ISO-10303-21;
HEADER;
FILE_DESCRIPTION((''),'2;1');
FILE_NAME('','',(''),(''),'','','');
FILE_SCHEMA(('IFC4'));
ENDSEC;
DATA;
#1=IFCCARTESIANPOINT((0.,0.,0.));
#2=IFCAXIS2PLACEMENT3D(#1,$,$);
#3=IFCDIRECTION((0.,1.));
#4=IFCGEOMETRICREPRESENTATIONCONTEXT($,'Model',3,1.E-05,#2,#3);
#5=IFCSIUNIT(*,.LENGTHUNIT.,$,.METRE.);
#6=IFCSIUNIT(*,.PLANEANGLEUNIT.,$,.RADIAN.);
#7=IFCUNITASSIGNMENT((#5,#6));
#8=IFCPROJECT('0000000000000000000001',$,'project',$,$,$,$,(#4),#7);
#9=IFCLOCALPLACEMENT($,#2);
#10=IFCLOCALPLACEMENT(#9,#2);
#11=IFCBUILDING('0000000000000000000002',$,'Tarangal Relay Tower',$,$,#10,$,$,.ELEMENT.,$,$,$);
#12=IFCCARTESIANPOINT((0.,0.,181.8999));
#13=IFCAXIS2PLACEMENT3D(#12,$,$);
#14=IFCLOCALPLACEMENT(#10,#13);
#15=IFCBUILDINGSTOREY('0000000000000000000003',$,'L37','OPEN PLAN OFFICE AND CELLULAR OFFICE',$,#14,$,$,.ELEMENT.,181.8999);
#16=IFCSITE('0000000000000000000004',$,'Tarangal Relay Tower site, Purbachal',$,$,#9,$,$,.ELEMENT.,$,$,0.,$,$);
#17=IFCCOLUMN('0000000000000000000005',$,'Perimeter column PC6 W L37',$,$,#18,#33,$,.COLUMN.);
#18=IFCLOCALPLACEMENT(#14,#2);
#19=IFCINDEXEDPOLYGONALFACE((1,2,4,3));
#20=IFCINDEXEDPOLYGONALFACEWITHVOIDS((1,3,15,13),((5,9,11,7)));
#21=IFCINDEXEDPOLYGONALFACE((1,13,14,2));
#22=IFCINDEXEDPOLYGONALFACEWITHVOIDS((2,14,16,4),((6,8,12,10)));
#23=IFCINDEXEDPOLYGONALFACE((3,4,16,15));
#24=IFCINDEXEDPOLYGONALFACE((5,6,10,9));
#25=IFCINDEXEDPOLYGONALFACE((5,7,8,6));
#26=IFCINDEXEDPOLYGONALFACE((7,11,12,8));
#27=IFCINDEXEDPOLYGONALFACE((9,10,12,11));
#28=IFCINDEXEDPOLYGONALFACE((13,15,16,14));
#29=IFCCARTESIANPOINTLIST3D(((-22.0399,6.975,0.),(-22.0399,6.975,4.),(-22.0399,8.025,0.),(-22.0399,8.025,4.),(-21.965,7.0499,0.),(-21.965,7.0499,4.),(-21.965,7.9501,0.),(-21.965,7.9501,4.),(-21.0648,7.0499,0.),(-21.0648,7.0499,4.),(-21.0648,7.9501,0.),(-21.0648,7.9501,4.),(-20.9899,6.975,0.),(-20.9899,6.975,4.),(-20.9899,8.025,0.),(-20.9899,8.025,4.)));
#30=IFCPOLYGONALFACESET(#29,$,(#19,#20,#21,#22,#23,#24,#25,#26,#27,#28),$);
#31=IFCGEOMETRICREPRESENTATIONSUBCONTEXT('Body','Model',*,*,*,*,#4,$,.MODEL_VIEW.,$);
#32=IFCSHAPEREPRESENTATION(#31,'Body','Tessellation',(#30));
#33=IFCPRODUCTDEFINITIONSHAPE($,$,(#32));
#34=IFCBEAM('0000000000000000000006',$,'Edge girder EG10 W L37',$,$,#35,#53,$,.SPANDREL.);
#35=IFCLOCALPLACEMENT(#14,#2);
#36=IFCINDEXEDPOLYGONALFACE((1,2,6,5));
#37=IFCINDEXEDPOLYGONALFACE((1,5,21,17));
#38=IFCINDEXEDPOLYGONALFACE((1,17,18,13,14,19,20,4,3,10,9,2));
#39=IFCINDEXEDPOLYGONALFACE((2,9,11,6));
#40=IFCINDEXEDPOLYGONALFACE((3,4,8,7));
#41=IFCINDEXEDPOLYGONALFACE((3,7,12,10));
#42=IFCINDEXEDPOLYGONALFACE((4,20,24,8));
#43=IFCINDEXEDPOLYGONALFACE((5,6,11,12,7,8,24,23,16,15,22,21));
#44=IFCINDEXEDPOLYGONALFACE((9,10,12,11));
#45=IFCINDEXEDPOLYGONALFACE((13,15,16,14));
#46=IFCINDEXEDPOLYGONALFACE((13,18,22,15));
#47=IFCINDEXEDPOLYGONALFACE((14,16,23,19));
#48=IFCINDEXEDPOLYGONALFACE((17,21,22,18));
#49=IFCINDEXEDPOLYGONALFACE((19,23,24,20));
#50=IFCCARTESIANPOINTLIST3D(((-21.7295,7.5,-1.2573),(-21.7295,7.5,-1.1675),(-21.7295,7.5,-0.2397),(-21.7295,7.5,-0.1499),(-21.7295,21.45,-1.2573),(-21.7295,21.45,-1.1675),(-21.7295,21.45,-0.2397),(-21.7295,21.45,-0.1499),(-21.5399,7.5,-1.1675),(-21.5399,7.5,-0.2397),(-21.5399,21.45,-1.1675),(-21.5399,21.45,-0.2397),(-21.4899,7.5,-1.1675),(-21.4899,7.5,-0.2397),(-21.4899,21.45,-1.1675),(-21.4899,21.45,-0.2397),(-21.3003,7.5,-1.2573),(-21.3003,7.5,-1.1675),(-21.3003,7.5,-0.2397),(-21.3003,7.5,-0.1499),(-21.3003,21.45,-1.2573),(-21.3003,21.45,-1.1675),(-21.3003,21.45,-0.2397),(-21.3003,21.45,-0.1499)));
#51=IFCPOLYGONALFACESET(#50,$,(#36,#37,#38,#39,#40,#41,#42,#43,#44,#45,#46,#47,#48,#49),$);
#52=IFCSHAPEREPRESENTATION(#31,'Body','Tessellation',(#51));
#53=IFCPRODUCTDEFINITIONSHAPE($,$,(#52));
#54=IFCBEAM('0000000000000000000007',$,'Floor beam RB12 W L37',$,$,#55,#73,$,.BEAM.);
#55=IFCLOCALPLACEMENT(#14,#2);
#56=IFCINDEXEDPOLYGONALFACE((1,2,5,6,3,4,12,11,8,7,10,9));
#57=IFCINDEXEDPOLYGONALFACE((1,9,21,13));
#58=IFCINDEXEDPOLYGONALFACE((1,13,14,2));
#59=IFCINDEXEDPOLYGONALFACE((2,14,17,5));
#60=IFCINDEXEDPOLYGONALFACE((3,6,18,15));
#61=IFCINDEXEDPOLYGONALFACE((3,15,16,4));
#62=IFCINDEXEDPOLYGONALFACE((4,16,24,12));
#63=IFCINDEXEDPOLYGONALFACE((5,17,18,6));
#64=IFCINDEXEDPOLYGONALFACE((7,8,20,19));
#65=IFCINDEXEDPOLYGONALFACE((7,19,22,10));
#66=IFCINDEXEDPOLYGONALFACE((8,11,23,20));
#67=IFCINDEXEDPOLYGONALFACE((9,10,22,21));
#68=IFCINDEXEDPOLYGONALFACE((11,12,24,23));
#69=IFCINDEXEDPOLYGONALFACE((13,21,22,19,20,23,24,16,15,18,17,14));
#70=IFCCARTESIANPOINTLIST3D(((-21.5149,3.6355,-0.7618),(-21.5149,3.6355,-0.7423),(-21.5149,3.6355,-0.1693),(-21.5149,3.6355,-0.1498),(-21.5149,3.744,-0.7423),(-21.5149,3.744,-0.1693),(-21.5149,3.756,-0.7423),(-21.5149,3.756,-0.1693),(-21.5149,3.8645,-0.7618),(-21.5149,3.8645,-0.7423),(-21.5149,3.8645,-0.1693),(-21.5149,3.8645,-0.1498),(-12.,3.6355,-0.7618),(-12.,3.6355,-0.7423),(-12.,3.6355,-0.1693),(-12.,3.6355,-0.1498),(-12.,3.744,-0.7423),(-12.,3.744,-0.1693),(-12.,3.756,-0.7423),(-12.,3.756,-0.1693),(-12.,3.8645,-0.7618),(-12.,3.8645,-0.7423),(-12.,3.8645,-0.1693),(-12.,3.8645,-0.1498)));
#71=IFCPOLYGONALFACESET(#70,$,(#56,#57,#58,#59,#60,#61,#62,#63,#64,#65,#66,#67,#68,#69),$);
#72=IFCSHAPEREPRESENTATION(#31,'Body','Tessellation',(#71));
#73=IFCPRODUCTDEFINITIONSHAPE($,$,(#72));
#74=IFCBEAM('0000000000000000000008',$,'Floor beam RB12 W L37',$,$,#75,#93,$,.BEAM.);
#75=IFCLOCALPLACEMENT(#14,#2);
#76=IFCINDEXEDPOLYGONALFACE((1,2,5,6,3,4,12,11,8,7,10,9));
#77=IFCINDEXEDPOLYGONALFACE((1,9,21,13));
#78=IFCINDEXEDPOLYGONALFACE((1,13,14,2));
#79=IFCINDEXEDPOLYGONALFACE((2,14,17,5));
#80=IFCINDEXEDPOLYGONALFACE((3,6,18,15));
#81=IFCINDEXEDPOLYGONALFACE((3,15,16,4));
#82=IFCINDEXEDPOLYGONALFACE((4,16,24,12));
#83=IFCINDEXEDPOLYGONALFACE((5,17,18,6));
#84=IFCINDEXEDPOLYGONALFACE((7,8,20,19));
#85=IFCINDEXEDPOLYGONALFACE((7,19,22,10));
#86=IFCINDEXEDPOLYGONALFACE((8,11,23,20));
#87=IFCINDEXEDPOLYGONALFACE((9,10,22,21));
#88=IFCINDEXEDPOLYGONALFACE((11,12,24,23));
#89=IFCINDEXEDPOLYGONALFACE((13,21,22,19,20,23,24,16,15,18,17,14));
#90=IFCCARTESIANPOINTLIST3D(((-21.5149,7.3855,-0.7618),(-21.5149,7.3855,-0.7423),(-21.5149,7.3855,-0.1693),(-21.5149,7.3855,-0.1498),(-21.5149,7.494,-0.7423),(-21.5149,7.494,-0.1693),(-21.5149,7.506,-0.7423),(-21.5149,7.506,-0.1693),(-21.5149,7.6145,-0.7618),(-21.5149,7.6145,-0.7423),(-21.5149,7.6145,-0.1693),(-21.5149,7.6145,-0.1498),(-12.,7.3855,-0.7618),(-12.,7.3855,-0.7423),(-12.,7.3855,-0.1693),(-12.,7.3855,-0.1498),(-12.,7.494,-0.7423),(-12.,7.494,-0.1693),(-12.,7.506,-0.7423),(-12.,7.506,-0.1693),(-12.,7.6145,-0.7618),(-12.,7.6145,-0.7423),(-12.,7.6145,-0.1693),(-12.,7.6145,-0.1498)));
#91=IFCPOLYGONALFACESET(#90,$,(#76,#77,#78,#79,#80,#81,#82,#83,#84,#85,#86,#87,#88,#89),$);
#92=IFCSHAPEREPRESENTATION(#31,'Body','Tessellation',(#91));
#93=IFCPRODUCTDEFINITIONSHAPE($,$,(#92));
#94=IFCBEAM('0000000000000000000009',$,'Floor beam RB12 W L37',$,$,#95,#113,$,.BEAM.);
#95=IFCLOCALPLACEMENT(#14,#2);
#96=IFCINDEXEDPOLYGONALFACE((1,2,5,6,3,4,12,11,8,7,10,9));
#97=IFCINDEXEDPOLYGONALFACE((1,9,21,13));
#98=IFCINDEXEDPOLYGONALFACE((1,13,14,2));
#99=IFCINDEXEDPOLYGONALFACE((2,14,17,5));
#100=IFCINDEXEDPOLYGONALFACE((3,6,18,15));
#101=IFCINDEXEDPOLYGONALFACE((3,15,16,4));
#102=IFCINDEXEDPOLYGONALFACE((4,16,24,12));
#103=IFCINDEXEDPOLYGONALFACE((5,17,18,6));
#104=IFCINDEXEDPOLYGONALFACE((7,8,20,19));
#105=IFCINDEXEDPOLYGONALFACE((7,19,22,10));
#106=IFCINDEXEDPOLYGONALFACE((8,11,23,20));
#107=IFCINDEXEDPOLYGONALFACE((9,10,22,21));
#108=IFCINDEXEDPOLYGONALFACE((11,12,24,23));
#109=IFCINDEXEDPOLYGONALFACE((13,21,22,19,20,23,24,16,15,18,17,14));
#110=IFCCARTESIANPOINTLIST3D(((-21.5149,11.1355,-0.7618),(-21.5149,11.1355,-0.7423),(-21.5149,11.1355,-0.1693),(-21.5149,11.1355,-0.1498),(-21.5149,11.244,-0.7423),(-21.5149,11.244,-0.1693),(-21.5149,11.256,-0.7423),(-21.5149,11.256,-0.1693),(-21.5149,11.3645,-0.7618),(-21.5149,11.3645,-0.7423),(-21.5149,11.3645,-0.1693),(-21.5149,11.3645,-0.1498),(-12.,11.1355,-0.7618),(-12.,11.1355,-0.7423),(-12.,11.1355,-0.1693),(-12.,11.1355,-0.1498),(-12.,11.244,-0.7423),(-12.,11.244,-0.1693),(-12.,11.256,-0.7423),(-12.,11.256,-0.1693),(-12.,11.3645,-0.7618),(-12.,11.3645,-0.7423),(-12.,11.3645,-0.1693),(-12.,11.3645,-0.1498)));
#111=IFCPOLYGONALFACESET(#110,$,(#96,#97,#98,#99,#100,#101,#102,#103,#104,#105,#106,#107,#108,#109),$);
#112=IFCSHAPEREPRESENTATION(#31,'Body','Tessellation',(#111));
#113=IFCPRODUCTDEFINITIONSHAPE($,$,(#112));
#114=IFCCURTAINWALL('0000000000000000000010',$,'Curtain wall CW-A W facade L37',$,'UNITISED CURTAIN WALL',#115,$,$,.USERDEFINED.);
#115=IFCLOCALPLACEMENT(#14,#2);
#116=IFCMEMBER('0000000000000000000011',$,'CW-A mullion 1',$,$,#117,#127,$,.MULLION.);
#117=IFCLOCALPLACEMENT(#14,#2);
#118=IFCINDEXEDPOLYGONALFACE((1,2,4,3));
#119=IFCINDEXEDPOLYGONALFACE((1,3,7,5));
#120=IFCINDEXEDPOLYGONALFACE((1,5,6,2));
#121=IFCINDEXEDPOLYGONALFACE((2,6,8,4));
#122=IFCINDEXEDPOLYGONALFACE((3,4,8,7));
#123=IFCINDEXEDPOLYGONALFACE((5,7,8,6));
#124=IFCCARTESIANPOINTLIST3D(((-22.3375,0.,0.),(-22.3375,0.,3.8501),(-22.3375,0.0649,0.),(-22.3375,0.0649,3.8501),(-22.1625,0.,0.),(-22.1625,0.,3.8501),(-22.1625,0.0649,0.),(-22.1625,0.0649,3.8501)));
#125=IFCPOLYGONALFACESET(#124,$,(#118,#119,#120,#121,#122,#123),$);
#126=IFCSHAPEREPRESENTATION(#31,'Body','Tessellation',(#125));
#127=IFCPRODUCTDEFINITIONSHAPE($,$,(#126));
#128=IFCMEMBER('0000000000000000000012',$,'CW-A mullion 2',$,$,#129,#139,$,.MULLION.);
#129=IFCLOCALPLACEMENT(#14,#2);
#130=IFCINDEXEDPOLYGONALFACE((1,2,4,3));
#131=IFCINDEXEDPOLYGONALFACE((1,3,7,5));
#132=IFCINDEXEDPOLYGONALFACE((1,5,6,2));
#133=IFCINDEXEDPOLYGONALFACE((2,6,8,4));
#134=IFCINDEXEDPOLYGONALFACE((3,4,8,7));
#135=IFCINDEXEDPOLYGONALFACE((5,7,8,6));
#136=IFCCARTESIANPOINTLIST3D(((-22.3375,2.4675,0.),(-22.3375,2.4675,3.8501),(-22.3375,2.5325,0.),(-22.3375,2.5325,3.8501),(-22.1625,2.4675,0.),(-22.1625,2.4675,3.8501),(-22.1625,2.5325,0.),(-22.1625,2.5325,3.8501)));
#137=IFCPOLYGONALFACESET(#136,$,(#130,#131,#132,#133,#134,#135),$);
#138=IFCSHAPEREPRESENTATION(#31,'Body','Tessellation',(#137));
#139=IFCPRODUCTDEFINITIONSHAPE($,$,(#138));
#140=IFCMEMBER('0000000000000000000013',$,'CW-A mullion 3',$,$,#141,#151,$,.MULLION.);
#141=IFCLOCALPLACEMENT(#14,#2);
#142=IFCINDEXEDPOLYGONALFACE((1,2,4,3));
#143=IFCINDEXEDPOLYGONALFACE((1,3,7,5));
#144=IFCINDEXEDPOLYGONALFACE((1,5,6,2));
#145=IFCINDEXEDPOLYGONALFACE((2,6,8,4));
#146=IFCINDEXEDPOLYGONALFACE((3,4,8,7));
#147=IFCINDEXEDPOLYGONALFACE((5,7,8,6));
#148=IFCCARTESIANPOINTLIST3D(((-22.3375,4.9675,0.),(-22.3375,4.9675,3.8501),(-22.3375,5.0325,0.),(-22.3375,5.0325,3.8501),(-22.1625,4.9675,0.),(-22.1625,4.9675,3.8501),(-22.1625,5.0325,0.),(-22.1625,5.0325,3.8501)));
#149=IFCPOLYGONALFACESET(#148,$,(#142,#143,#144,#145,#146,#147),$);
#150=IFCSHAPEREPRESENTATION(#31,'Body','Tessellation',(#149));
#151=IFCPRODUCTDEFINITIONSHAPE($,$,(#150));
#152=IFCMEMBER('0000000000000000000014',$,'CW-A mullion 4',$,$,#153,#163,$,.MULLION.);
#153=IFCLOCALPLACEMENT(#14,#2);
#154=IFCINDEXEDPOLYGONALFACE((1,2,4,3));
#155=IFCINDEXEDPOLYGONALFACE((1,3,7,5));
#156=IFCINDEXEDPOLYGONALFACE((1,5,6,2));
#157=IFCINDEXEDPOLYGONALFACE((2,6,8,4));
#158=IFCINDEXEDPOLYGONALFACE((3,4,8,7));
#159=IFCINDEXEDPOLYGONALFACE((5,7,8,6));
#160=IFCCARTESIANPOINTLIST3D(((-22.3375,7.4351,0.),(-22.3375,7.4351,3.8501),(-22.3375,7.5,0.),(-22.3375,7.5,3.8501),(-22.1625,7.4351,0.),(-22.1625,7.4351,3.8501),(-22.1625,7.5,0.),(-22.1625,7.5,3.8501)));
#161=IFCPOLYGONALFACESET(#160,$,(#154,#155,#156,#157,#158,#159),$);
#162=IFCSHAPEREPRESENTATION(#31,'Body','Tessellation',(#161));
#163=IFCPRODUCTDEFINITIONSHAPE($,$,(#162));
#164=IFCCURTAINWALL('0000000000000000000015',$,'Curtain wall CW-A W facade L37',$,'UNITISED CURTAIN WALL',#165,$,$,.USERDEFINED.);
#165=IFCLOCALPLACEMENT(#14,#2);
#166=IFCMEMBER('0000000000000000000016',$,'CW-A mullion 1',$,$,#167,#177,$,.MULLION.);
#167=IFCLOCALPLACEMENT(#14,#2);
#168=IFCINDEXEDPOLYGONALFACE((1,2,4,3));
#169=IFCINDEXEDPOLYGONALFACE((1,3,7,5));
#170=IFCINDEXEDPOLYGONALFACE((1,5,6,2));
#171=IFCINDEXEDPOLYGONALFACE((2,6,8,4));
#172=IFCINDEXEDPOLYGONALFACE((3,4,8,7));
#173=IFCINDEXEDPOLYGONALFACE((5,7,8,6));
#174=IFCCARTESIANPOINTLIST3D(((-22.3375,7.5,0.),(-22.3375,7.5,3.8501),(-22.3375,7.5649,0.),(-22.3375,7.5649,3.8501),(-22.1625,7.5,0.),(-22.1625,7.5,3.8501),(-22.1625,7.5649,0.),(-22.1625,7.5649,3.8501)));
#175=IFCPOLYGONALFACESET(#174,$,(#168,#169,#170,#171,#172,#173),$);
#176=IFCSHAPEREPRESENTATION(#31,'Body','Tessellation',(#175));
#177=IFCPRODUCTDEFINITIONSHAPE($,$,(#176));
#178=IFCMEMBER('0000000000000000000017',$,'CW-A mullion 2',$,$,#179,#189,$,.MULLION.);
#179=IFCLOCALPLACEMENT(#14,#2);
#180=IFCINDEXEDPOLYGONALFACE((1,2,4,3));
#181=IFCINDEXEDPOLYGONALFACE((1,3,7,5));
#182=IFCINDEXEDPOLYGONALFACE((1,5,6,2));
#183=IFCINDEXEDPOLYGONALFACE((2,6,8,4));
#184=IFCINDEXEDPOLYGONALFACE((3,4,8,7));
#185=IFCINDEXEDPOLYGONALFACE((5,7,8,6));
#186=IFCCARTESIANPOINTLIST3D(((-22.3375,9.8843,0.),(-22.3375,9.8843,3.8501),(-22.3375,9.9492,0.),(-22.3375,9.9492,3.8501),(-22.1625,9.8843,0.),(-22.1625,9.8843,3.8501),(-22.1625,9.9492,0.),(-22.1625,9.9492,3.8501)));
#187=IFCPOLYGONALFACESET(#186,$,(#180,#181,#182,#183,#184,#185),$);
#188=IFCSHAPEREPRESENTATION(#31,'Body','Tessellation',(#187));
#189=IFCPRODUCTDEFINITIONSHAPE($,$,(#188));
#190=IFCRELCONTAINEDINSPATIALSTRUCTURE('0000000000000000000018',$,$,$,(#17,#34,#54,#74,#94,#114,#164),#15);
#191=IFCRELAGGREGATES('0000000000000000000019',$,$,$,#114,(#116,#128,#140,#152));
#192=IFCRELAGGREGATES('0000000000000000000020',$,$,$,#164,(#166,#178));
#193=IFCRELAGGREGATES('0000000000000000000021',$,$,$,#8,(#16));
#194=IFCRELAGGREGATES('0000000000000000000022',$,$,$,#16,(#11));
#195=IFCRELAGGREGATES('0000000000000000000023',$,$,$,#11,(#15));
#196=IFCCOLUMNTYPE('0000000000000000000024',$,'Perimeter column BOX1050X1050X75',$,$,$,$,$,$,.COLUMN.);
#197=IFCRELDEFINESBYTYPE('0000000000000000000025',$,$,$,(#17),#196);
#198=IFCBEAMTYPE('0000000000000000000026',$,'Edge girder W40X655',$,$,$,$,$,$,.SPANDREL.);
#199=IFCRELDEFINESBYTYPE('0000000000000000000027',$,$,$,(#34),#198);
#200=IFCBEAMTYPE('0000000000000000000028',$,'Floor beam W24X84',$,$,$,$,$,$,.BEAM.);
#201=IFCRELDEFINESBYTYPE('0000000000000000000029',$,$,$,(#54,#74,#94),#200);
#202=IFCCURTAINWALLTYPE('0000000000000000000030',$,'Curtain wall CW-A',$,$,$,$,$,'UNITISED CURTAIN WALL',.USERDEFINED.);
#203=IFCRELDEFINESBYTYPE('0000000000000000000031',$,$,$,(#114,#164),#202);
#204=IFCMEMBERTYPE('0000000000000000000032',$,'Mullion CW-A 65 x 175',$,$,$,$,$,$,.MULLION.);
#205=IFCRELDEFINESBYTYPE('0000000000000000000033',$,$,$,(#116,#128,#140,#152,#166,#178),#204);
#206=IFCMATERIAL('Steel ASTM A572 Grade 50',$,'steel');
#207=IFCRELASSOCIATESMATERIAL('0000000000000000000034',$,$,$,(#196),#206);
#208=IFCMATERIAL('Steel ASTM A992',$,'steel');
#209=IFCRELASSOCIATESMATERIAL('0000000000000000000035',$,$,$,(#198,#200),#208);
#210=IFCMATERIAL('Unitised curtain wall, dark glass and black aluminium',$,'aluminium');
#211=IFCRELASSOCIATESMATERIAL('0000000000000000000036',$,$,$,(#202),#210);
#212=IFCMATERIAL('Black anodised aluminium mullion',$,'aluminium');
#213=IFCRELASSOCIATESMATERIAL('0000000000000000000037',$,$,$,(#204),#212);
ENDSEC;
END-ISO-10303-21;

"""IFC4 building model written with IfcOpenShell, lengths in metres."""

from ifc_helpers import new_model, si_unit, direction, frame, origin, origin_2d, place, context, subcontext, project, spatial, rectangle, hollow_rectangle, i_section, extrude, material, material_profile, profile_set, type_object, element, aggregate, save


model = new_model("IFC4")

# Units and contexts
model_context = context("Model", 3, precision=1e-05, world=origin(), true_north=direction((0.0, 1.0)))
body_context = subcontext(model_context, "Body", "Model", "MODEL_VIEW")
ifc_project = project(units=[si_unit("LENGTHUNIT", "METRE"), si_unit("PLANEANGLEUNIT", "RADIAN")], contexts=[model_context])

# Site, building, storey
site_placement = place(None, origin())
site = spatial("IfcSite", under=ifc_project, at=site_placement, Name="Tarangal Relay Tower site, Purbachal", CompositionType="ELEMENT", RefElevation=0.0)
building_placement = place(site_placement, origin())
building = spatial("IfcBuilding", under=site, at=building_placement, Name="Tarangal Relay Tower", CompositionType="ELEMENT")
storey_placement = place(building_placement, frame((0.0, 0.0, 181.8999)))
storey = spatial("IfcBuildingStorey", under=building, at=storey_placement, Name="L37", Description="OPEN PLAN OFFICE AND CELLULAR OFFICE", CompositionType="ELEMENT", Elevation=181.8999)

# Column
ifc_material_1 = material(Name="Steel ASTM A572 Grade 50", Category="steel")
ifc_material_profile_1 = material_profile(ifc_material_1, hollow_rectangle(XDim=1.05, YDim=1.05, WallThickness=0.075, at=origin_2d()), Name="BOX1050X1050X75")
ifc_profile_set_1 = profile_set([ifc_material_profile_1], Name="Steel ASTM A572 Grade 50")
column_type = type_object("IfcColumnType", Name="Perimeter column BOX1050X1050X75", PredefinedType="COLUMN", material=ifc_profile_set_1)
column_placement = place(storey_placement, frame((-21.5149, 7.5, 0.0), z_axis=(0.0, 0.0, 1.0), x_axis=(1.0, 0.0, 0.0)))
element("IfcColumn", 1, at=column_placement, inside=storey, type_object=column_type, Name="Perimeter column PC6 W L37", PredefinedType="COLUMN", context=body_context, shape_type="SweptSolid", body=[
    extrude(hollow_rectangle(XDim=1.05, YDim=1.05, WallThickness=0.075, at=origin_2d()), origin(), (0.0, 0.0, 1.0), 4.0),
])

# Beams
ifc_material_2 = material(Name="Steel ASTM A992", Category="steel")
ifc_material_profile_2 = material_profile(ifc_material_2, i_section(OverallWidth=0.4292, OverallDepth=1.1074, WebThickness=0.05, FlangeThickness=0.0898, at=origin_2d()), Name="W40X655")
ifc_profile_set_2 = profile_set([ifc_material_profile_2], Name="Steel ASTM A992")
beam_type_1 = type_object("IfcBeamType", Name="Edge girder W40X655", PredefinedType="SPANDREL", material=ifc_profile_set_2)
beam_placement = place(storey_placement, frame((-21.5149, 7.5, -0.7036), z_axis=(0.0, 1.0, 0.0), x_axis=(-1.0, 0.0, 0.0)))
element("IfcBeam", 2, at=beam_placement, inside=storey, type_object=beam_type_1, Name="Edge girder EG10 W L37", PredefinedType="SPANDREL", context=body_context, shape_type="SweptSolid", body=[
    extrude(i_section(OverallWidth=0.4292, OverallDepth=1.1074, WebThickness=0.05, FlangeThickness=0.0898, at=origin_2d()), origin(), (0.0, 0.0, 1.0), 13.95),
])
ifc_material_profile_3 = material_profile(ifc_material_2, i_section(OverallWidth=0.229, OverallDepth=0.6121, WebThickness=0.012, FlangeThickness=0.0195, at=origin_2d()), Name="W24X84")
ifc_profile_set_3 = profile_set([ifc_material_profile_3], Name="Steel ASTM A992")
beam_type_2 = type_object("IfcBeamType", Name="Floor beam W24X84", PredefinedType="BEAM", material=ifc_profile_set_3)
for number, where, z_axis, x_axis, name in (
    (3, (-12.0, 3.75, -0.4558), (-1.0, 0.0, 0.0), (0.0, -1.0, 0.0), "Floor beam RB12 W L37"),
    (4, (-12.0, 7.5, -0.4558), (-1.0, 0.0, 0.0), (0.0, -1.0, 0.0), "Floor beam RB12 W L37"),
    (5, (-12.0, 11.25, -0.4558), (-1.0, 0.0, 0.0), (0.0, -1.0, 0.0), "Floor beam RB12 W L37"),
):
    element("IfcBeam", number, at=place(storey_placement, frame(where, z_axis=z_axis, x_axis=x_axis)), inside=storey, type_object=beam_type_2, Name=name, PredefinedType="BEAM", context=body_context, shape_type="SweptSolid", body=[
        extrude(i_section(OverallWidth=0.229, OverallDepth=0.6121, WebThickness=0.012, FlangeThickness=0.0195, at=origin_2d()), origin(), (0.0, 0.0, 1.0), 9.5149),
    ])

# Curtain walls, members
ifc_material_3 = material(Name="Unitised curtain wall, dark glass and black aluminium", Category="aluminium")
curtain_wall_type = type_object("IfcCurtainWallType", Name="Curtain wall CW-A", ElementType="UNITISED CURTAIN WALL", PredefinedType="USERDEFINED", material=ifc_material_3)
curtain_wall_1_placement = place(storey_placement, origin())
curtain_wall_1 = element("IfcCurtainWall", 6, at=curtain_wall_1_placement, inside=storey, type_object=curtain_wall_type, Name="Curtain wall CW-A W facade L37", ObjectType="UNITISED CURTAIN WALL", PredefinedType="USERDEFINED")
ifc_material_4 = material(Name="Black anodised aluminium mullion", Category="aluminium")
ifc_material_profile_4 = material_profile(ifc_material_4, rectangle(XDim=0.175, YDim=0.0649, at=origin_2d()), Name="CW-AM 65X175")
ifc_profile_set_4 = profile_set([ifc_material_profile_4], Name="Black anodised aluminium mullion")
member_type_1 = type_object("IfcMemberType", Name="Mullion CW-A 65 x 175", PredefinedType="MULLION", material=ifc_profile_set_4)
member_1_placement = place(storey_placement, frame((-22.25, 0.0325, 0.0), z_axis=(0.0, 0.0, 1.0), x_axis=(-1.0, 0.0, 0.0)))
member_1 = element("IfcMember", 7, at=member_1_placement, type_object=member_type_1, Name="CW-A mullion 1", PredefinedType="MULLION", context=body_context, shape_type="SweptSolid", body=[
    extrude(rectangle(XDim=0.175, YDim=0.0649, at=origin_2d()), origin(), (0.0, 0.0, 1.0), 3.8501),
])
member_2_placement = place(storey_placement, frame((-22.25, 2.5, 0.0), z_axis=(0.0, 0.0, 1.0), x_axis=(-1.0, 0.0, 0.0)))
member_2 = element("IfcMember", 8, at=member_2_placement, type_object=member_type_1, Name="CW-A mullion 2", PredefinedType="MULLION", context=body_context, shape_type="SweptSolid", body=[
    extrude(rectangle(XDim=0.175, YDim=0.0649, at=origin_2d()), origin(), (0.0, 0.0, 1.0), 3.8501),
])
member_3_placement = place(storey_placement, frame((-22.25, 5.0, 0.0), z_axis=(0.0, 0.0, 1.0), x_axis=(-1.0, 0.0, 0.0)))
member_3 = element("IfcMember", 9, at=member_3_placement, type_object=member_type_1, Name="CW-A mullion 3", PredefinedType="MULLION", context=body_context, shape_type="SweptSolid", body=[
    extrude(rectangle(XDim=0.175, YDim=0.0649, at=origin_2d()), origin(), (0.0, 0.0, 1.0), 3.8501),
])
member_4_placement = place(storey_placement, frame((-22.25, 7.4675, 0.0), z_axis=(0.0, 0.0, 1.0), x_axis=(-1.0, 0.0, 0.0)))
member_4 = element("IfcMember", 10, at=member_4_placement, type_object=member_type_1, Name="CW-A mullion 4", PredefinedType="MULLION", context=body_context, shape_type="SweptSolid", body=[
    extrude(rectangle(XDim=0.175, YDim=0.0649, at=origin_2d()), origin(), (0.0, 0.0, 1.0), 3.8501),
])
curtain_wall_2_placement = place(storey_placement, origin())
curtain_wall_2 = element("IfcCurtainWall", 11, at=curtain_wall_2_placement, inside=storey, type_object=curtain_wall_type, Name="Curtain wall CW-A W facade L37", ObjectType="UNITISED CURTAIN WALL", PredefinedType="USERDEFINED")
member_5_placement = place(storey_placement, frame((-22.25, 7.5325, 0.0), z_axis=(0.0, 0.0, 1.0), x_axis=(-1.0, 0.0, 0.0)))
member_5 = element("IfcMember", 12, at=member_5_placement, type_object=member_type_1, Name="CW-A mullion 1", PredefinedType="MULLION", context=body_context, shape_type="SweptSolid", body=[
    extrude(rectangle(XDim=0.175, YDim=0.0649, at=origin_2d()), origin(), (0.0, 0.0, 1.0), 3.8501),
])
member_6_placement = place(storey_placement, frame((-22.25, 9.9167, 0.0), z_axis=(0.0, 0.0, 1.0), x_axis=(-1.0, 0.0, 0.0)))
member_6 = element("IfcMember", 13, at=member_6_placement, type_object=member_type_1, Name="CW-A mullion 2", PredefinedType="MULLION", context=body_context, shape_type="SweptSolid", body=[
    extrude(rectangle(XDim=0.175, YDim=0.0649, at=origin_2d()), origin(), (0.0, 0.0, 1.0), 3.8501),
])

aggregate(curtain_wall_1, [member_1, member_2, member_3, member_4])
aggregate(curtain_wall_2, [member_5, member_6])

save(model, "model.ifc")
